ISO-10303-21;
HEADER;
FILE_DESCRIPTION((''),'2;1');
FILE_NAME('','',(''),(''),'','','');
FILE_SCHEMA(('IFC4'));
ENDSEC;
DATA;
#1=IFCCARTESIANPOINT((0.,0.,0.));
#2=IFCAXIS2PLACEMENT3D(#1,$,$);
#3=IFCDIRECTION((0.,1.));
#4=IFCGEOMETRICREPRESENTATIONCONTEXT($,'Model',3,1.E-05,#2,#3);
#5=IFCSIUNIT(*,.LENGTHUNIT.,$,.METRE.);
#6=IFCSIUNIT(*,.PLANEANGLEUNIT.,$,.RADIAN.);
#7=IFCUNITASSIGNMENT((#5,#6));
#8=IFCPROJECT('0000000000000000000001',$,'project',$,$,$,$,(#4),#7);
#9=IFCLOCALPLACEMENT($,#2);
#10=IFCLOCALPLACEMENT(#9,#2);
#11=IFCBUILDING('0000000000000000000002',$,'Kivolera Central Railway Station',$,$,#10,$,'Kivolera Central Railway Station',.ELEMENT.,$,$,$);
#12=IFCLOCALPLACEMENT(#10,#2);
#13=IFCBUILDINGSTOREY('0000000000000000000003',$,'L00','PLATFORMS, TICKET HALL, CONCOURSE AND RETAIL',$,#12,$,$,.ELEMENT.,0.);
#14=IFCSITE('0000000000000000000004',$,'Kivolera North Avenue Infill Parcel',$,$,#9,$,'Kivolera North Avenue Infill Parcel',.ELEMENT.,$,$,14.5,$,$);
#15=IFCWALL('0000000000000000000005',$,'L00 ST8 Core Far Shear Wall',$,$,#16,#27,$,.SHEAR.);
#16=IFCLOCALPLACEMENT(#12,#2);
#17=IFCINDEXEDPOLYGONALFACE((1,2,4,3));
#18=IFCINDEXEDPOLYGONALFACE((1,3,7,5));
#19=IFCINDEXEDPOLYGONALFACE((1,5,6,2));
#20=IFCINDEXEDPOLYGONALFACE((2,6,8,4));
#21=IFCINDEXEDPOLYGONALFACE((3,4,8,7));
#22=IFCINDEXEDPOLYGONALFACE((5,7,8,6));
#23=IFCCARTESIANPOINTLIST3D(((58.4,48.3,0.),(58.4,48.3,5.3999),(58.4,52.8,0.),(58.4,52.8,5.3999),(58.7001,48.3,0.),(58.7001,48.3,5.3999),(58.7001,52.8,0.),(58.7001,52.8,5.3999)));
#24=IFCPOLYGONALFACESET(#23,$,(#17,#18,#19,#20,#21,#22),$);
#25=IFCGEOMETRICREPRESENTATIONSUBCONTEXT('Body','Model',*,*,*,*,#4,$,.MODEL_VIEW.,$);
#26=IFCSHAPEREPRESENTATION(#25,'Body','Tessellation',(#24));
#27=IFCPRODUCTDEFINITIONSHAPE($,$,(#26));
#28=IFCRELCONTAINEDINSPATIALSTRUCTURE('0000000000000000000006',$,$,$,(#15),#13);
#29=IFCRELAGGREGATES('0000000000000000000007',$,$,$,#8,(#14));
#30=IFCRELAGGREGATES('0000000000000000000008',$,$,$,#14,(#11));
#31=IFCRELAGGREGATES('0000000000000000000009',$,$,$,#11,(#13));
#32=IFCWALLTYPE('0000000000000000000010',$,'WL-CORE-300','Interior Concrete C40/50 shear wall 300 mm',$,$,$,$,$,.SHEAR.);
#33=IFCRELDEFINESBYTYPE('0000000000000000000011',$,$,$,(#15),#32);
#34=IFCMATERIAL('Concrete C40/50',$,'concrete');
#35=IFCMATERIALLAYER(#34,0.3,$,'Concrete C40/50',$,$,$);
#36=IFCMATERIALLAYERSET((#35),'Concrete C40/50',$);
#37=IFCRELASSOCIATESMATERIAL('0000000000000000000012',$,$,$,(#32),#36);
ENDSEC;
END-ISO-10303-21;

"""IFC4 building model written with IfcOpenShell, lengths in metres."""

from ifc_helpers import new_model, si_unit, direction, frame, frame_2d, origin, place, context, subcontext, project, spatial, rectangle, extrude, material, layer, layer_set, type_object, element, save


model = new_model("IFC4")

# Units and contexts
model_context = context("Model", 3, precision=1e-05, world=origin(), true_north=direction((0.0, 1.0)))
body_context = subcontext(model_context, "Body", "Model", "MODEL_VIEW")
ifc_project = project(units=[si_unit("LENGTHUNIT", "METRE"), si_unit("PLANEANGLEUNIT", "RADIAN")], contexts=[model_context])

# Site, building, storey
site_placement = place(None, origin())
site = spatial("IfcSite", under=ifc_project, at=site_placement, Name="Kivolera North Avenue Infill Parcel", LongName="Kivolera North Avenue Infill Parcel", CompositionType="ELEMENT", RefElevation=14.5)
building_placement = place(site_placement, origin())
building = spatial("IfcBuilding", under=site, at=building_placement, Name="Kivolera Central Railway Station", LongName="Kivolera Central Railway Station", CompositionType="ELEMENT")
storey_placement = place(building_placement, origin())
storey = spatial("IfcBuildingStorey", under=building, at=storey_placement, Name="L00", Description="PLATFORMS, TICKET HALL, CONCOURSE AND RETAIL", CompositionType="ELEMENT", Elevation=0.0)

# Shared definitions
ifc_material_1 = material(Name="Concrete C40/50", Category="concrete")

# Wall
ifc_layer_1 = layer(ifc_material_1, 0.3, Name="Concrete C40/50")
ifc_layer_set_1 = layer_set([ifc_layer_1], Name="Concrete C40/50")
wall_type = type_object("IfcWallType", Name="WL-CORE-300", Description="Interior Concrete C40/50 shear wall 300 mm", PredefinedType="SHEAR", material=ifc_layer_set_1)
wall_1_placement = place(storey_placement, frame((58.55, 48.3, 0.0), z_axis=(0.0, 0.0, 1.0), x_axis=(0.0, 1.0, 0.0)))
element("IfcWall", 1, at=wall_1_placement, inside=storey, type_object=wall_type, Name="L00 ST8 Core Far Shear Wall", PredefinedType="SHEAR", context=body_context, shape_type="SweptSolid", body=[
    extrude(rectangle(XDim=4.5, YDim=0.3, at=frame_2d((2.25, 0.0))), origin(), (0.0, 0.0, 1.0), 5.3999),
])

save(model, "model.ifc")
